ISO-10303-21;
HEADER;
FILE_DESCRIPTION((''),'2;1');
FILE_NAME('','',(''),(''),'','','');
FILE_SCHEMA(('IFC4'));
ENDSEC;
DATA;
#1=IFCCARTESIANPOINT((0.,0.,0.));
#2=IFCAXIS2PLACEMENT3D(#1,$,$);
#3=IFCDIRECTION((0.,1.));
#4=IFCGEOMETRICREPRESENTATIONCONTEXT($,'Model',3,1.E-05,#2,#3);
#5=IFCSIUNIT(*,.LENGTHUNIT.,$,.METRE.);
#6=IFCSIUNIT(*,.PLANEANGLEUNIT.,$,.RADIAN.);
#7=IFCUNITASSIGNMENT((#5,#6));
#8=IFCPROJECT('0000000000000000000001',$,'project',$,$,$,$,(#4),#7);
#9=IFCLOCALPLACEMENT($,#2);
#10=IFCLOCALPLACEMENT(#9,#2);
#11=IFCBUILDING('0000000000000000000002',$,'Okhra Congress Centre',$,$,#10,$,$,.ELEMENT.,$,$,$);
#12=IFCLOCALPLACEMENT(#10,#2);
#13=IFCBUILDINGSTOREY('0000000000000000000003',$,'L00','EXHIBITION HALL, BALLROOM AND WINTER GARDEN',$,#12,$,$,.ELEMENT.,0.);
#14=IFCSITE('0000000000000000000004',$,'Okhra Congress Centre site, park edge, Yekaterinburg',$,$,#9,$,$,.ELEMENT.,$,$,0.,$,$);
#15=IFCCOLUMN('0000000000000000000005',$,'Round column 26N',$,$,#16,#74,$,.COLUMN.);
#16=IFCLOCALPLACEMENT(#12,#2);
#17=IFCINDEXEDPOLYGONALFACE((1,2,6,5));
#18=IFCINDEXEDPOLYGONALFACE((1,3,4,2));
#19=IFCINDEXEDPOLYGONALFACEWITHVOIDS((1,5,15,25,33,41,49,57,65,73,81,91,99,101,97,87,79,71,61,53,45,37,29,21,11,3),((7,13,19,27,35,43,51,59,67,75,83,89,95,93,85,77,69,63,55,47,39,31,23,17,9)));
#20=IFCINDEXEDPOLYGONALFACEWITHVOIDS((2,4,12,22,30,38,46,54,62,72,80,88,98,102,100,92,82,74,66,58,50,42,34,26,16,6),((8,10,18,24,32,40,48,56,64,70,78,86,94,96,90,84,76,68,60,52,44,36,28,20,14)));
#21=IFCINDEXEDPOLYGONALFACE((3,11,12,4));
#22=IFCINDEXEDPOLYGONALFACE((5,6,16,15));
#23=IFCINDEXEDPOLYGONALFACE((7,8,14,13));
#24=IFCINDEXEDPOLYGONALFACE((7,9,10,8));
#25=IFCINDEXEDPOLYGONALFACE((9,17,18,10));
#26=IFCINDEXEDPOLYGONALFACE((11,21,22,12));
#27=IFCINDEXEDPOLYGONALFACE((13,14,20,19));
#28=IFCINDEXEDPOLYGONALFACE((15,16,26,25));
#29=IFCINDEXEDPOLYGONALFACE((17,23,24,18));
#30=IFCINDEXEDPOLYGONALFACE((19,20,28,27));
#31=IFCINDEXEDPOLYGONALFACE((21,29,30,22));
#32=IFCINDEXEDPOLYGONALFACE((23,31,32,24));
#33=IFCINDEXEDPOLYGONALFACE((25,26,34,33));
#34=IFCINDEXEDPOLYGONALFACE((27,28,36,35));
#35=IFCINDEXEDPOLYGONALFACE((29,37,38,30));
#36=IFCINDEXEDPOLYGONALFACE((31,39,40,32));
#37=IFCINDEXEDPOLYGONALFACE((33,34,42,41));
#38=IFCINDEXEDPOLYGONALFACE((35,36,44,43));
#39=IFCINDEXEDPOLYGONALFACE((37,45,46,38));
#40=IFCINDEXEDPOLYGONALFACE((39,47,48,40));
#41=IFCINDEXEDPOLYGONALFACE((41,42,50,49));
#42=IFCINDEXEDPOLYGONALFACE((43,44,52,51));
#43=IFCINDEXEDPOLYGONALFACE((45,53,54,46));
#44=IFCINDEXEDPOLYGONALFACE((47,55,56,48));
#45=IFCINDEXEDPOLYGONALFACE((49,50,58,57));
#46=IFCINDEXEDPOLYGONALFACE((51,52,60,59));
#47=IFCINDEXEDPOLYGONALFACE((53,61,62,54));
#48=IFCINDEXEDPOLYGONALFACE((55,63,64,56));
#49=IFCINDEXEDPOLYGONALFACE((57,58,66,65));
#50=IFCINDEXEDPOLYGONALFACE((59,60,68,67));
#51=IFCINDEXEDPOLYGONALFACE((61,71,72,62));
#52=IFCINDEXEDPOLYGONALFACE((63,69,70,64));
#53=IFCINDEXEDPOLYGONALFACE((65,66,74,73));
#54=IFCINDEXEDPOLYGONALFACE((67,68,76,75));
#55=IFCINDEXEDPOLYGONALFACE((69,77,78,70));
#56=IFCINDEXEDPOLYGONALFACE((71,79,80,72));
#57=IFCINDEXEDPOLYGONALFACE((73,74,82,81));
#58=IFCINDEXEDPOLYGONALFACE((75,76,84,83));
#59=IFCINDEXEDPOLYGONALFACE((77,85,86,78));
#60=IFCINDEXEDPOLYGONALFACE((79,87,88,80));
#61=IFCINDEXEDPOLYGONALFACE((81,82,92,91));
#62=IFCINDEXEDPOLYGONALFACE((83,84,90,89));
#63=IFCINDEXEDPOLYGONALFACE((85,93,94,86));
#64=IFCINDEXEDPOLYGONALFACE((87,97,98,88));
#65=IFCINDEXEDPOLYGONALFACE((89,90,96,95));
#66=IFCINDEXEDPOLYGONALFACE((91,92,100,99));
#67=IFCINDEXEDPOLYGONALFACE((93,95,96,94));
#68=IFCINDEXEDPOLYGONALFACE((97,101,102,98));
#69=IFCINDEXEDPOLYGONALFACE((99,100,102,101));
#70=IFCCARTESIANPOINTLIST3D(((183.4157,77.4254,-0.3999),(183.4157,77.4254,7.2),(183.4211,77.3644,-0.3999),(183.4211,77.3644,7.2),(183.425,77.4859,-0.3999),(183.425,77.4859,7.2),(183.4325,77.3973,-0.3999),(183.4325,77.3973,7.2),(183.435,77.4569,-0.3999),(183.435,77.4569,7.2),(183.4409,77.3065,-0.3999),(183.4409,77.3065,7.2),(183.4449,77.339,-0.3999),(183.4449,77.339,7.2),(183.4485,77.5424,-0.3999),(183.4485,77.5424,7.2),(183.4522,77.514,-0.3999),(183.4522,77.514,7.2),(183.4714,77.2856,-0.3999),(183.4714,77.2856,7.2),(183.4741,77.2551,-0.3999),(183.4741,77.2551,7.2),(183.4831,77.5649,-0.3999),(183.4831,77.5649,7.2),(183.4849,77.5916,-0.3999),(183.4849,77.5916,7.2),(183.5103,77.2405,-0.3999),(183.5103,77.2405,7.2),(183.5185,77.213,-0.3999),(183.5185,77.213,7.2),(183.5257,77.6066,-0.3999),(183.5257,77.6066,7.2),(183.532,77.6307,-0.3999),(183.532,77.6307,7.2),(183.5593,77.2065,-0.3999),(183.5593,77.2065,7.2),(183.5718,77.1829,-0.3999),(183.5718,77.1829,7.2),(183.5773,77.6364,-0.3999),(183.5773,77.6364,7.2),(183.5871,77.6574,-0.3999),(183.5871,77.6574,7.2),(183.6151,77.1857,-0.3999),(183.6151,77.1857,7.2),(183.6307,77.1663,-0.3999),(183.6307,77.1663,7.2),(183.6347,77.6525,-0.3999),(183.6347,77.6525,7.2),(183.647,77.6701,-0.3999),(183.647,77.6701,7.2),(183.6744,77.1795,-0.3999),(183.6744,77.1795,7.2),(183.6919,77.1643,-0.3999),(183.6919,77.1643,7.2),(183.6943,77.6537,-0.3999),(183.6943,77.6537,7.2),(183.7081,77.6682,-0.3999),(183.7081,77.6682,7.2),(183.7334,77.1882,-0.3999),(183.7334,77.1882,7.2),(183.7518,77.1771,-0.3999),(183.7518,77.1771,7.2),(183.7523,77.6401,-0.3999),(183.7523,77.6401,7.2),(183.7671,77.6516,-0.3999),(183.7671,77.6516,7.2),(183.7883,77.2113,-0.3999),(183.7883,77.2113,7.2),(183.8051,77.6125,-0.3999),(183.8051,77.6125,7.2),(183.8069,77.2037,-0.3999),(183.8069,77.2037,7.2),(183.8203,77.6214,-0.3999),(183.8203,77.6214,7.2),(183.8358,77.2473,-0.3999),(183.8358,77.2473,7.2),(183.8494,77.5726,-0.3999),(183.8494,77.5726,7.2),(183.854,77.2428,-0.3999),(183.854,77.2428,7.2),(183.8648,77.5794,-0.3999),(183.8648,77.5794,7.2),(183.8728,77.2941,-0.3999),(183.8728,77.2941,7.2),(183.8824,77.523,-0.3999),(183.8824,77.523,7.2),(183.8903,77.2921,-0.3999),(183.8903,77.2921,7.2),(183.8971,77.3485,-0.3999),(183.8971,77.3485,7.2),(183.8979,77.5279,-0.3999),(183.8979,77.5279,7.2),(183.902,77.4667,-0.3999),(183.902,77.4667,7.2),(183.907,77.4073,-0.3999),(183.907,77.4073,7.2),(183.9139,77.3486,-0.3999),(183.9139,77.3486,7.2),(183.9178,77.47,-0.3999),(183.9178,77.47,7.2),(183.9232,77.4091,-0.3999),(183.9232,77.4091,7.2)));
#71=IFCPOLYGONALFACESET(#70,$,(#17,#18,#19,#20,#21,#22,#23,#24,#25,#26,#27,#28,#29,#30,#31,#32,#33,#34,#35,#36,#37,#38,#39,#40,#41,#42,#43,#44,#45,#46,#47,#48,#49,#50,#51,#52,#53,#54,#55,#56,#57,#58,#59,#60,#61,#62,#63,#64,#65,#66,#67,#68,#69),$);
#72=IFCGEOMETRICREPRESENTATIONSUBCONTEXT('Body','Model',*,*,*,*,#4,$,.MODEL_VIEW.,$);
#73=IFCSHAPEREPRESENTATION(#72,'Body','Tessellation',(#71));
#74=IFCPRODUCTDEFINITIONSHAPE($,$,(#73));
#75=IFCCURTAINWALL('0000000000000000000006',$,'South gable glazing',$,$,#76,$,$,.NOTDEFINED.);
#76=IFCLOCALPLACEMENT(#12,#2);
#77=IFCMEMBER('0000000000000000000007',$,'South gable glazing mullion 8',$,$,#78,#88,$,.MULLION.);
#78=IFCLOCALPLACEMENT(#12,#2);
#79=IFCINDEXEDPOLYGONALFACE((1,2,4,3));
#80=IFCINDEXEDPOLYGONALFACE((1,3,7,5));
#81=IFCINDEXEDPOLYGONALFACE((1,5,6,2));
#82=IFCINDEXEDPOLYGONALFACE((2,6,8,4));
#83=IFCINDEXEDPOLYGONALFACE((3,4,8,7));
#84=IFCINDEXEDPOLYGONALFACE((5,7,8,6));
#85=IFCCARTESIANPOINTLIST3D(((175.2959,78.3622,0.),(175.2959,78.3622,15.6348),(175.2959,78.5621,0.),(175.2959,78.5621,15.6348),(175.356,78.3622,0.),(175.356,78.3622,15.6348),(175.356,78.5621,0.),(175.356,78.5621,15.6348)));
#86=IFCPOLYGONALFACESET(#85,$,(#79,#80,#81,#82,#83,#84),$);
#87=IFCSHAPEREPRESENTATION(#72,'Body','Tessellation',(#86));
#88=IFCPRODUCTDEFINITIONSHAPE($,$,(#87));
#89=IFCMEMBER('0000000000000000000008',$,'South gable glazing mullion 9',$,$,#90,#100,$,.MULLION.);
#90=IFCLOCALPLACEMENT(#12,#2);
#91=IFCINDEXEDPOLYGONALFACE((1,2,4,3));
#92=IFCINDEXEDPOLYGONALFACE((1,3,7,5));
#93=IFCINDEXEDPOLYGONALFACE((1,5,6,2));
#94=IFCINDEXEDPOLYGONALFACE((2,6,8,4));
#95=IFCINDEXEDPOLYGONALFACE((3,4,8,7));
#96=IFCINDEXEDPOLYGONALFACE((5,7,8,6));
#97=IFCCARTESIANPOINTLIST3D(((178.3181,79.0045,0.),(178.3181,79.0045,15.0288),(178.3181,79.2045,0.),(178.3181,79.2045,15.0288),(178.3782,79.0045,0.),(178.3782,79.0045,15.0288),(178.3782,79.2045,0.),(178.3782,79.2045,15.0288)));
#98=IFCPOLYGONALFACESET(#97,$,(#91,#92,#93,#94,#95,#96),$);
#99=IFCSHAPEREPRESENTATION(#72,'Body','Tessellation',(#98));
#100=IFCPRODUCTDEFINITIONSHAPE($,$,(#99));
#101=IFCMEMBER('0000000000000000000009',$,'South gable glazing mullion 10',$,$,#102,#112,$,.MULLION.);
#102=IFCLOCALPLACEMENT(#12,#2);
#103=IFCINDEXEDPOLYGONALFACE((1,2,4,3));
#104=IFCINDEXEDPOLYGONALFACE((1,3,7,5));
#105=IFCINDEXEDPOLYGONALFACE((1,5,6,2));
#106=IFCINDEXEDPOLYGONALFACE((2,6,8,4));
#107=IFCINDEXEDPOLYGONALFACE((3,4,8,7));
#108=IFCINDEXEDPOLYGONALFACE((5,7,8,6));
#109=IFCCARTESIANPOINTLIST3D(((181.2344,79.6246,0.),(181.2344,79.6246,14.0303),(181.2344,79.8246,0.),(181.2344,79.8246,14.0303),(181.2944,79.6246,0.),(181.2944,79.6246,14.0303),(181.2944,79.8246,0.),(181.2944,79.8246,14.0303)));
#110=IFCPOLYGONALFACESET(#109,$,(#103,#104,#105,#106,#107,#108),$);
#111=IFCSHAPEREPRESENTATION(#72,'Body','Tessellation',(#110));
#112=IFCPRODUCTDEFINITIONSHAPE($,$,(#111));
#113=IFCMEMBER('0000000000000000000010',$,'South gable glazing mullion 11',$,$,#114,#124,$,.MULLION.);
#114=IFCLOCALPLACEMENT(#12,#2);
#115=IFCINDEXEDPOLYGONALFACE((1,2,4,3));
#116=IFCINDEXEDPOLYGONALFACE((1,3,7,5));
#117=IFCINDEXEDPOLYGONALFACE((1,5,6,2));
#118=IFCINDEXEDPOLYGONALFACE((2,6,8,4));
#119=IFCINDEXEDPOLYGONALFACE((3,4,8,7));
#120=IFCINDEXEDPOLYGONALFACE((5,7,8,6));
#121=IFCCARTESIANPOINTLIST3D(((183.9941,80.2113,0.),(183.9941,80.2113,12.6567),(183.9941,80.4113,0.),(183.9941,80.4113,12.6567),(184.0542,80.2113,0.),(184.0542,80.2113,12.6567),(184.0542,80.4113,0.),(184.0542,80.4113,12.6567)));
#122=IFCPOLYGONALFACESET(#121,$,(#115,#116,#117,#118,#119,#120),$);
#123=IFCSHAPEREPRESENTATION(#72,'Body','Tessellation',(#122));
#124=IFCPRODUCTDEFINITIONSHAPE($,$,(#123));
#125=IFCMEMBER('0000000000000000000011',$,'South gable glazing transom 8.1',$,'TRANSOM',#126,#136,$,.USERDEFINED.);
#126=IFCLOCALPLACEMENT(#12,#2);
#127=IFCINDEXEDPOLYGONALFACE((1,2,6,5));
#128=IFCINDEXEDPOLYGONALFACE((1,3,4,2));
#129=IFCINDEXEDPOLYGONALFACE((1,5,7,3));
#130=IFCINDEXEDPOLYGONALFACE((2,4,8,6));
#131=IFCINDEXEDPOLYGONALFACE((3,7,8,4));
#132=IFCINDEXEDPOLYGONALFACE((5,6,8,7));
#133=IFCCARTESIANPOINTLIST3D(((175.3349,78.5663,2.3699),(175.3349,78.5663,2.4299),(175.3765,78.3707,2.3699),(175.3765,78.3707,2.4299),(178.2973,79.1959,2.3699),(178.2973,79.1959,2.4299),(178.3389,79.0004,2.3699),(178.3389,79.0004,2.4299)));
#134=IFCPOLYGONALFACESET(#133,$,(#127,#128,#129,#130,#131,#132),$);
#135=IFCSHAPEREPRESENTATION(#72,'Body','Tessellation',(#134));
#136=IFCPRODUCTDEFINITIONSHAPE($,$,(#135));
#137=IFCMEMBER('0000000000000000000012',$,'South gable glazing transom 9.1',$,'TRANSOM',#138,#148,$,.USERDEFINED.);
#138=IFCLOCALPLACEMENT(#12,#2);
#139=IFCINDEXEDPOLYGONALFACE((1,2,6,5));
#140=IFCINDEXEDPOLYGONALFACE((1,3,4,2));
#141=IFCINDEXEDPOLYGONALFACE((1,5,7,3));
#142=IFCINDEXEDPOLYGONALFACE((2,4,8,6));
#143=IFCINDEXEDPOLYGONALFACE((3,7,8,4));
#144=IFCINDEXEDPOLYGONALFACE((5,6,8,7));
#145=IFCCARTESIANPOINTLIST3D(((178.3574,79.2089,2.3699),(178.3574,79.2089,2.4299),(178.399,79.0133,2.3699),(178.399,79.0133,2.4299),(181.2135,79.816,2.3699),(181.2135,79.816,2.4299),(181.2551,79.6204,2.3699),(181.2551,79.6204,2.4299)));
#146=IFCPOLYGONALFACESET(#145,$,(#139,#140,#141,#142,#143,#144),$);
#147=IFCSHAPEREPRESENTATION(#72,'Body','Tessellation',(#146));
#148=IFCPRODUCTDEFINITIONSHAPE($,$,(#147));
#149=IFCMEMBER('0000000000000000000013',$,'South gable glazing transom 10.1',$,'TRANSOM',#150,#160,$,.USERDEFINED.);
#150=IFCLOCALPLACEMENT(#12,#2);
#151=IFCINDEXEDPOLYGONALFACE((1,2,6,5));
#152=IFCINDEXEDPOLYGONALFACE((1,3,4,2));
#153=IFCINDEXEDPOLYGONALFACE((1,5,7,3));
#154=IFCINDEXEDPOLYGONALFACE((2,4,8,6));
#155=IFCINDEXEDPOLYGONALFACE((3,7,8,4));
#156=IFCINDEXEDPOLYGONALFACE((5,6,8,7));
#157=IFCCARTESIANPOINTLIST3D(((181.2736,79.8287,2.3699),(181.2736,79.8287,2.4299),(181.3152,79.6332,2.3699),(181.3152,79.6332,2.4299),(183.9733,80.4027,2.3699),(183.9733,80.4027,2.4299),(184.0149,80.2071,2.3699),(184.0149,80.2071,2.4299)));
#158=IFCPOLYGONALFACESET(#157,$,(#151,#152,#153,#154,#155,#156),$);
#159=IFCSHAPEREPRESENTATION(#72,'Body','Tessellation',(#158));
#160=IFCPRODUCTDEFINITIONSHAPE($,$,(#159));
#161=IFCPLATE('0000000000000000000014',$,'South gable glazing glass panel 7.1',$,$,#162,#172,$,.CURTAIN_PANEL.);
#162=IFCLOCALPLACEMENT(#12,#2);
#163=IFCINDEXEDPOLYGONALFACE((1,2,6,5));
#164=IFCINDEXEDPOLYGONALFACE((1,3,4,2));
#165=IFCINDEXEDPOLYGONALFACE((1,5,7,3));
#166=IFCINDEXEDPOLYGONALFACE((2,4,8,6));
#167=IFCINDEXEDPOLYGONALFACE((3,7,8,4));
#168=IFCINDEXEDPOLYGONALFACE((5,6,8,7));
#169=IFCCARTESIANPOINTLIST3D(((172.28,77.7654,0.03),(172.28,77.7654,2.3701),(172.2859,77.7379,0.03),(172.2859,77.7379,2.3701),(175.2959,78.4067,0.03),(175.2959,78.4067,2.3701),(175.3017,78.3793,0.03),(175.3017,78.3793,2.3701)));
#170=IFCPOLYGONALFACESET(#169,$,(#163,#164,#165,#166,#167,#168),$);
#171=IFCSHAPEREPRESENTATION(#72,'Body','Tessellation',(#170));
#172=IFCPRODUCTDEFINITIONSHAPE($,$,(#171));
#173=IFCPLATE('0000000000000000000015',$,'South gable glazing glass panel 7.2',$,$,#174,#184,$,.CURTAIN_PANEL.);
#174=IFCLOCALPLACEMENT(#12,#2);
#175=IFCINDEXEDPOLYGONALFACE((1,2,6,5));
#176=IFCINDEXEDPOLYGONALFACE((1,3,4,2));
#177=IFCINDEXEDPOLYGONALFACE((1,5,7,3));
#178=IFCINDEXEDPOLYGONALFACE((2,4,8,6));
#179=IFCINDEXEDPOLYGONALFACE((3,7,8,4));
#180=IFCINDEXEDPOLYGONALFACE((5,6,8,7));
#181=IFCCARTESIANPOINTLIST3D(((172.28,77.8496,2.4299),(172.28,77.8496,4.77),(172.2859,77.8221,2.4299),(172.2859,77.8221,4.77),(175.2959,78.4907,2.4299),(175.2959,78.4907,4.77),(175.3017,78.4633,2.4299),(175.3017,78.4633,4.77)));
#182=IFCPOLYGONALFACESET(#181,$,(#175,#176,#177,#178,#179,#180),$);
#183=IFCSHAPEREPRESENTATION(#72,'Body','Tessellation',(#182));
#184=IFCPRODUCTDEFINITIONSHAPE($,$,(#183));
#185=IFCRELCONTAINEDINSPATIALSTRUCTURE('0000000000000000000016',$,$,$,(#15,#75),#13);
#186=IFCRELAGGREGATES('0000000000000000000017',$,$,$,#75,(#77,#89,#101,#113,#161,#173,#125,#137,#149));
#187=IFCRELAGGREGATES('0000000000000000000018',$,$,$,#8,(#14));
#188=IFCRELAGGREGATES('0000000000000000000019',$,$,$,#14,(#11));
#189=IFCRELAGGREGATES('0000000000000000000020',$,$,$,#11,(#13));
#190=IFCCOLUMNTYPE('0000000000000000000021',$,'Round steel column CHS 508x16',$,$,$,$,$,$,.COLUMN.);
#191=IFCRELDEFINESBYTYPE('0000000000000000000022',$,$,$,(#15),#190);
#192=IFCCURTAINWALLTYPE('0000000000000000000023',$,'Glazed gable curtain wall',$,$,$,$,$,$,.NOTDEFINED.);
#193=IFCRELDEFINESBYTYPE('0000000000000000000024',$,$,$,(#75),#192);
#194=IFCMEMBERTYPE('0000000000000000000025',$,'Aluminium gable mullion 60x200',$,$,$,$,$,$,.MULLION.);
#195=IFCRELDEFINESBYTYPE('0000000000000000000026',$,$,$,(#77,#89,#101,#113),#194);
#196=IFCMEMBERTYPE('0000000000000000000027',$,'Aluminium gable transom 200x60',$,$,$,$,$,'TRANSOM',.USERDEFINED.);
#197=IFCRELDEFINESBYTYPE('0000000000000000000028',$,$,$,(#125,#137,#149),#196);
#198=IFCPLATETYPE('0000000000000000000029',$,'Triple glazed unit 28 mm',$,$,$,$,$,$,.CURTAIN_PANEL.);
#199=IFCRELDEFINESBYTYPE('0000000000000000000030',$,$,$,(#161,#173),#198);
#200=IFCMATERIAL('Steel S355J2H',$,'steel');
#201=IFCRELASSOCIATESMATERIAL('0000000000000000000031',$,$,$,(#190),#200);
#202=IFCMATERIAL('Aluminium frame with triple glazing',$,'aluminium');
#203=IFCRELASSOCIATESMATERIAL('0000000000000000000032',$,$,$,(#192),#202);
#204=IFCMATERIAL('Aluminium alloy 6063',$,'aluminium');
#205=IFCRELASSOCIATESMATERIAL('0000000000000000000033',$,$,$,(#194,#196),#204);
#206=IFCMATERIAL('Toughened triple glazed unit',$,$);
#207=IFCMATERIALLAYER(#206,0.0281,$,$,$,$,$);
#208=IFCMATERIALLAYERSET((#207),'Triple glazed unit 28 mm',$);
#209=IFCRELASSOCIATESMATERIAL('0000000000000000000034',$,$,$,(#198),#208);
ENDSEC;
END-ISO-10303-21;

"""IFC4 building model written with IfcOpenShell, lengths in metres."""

from ifc_helpers import new_model, si_unit, direction, frame, origin, origin_2d, place, context, subcontext, project, spatial, polyline, rectangle, hollow_circle, outline, extrude, material, layer, layer_set, material_profile, profile_set, type_object, element, aggregate, save


model = new_model("IFC4")

# Units and contexts
model_context = context("Model", 3, precision=1e-05, world=origin(), true_north=direction((0.0, 1.0)))
body_context = subcontext(model_context, "Body", "Model", "MODEL_VIEW")
ifc_project = project(units=[si_unit("LENGTHUNIT", "METRE"), si_unit("PLANEANGLEUNIT", "RADIAN")], contexts=[model_context])

# Site, building, storey
site_placement = place(None, origin())
site = spatial("IfcSite", under=ifc_project, at=site_placement, Name="Okhra Congress Centre site, park edge, Yekaterinburg", CompositionType="ELEMENT", RefElevation=0.0)
building_placement = place(site_placement, origin())
building = spatial("IfcBuilding", under=site, at=building_placement, Name="Okhra Congress Centre", CompositionType="ELEMENT")
storey_placement = place(building_placement, origin())
storey = spatial("IfcBuildingStorey", under=building, at=storey_placement, Name="L00", Description="EXHIBITION HALL, BALLROOM AND WINTER GARDEN", CompositionType="ELEMENT", Elevation=0.0)

# Column
ifc_material_1 = material(Name="Steel S355J2H", Category="steel")
ifc_material_profile_1 = material_profile(ifc_material_1, hollow_circle(Radius=0.2539, WallThickness=0.0161, at=origin_2d()), Name="CHS 508x16")
ifc_profile_set_1 = profile_set([ifc_material_profile_1], Name="Steel S355J2H")
column_type = type_object("IfcColumnType", Name="Round steel column CHS 508x16", PredefinedType="COLUMN", material=ifc_profile_set_1)
for number, where, z_axis, x_axis, name in (
    (1, (183.6694, 77.4172, -0.3999), (0.0, 0.0, 1.0), (0.978148, 0.207912, 0.0), "Round column 26N"),
):
    element("IfcColumn", number, at=place(storey_placement, frame(where, z_axis=z_axis, x_axis=x_axis)), inside=storey, type_object=column_type, Name=name, PredefinedType="COLUMN", context=body_context, shape_type="SweptSolid", body=[
        extrude(hollow_circle(Radius=0.2539, WallThickness=0.0161, at=origin_2d()), origin(), (0.0, 0.0, 1.0), 7.5999),
    ])

# Curtain wall, members, plates
ifc_material_2 = material(Name="Aluminium frame with triple glazing", Category="aluminium")
curtain_wall_type = type_object("IfcCurtainWallType", Name="Glazed gable curtain wall", PredefinedType="NOTDEFINED", material=ifc_material_2)
curtain_wall_placement = place(storey_placement, origin())
curtain_wall = element("IfcCurtainWall", 2, at=curtain_wall_placement, inside=storey, type_object=curtain_wall_type, Name="South gable glazing", PredefinedType="NOTDEFINED")
ifc_material_3 = material(Name="Aluminium alloy 6063", Category="aluminium")
ifc_material_profile_2 = material_profile(ifc_material_3, rectangle(XDim=0.0601, YDim=0.2, at=origin_2d()), Name="AL 60x200 gable")
ifc_profile_set_2 = profile_set([ifc_material_profile_2], Name="Aluminium alloy 6063")
member_type_1 = type_object("IfcMemberType", Name="Aluminium gable mullion 60x200", PredefinedType="MULLION", material=ifc_profile_set_2)
member_1_placement = place(storey_placement, frame((175.3259, 78.4622, 0.0), z_axis=(0.0, 0.0, 1.0), x_axis=(1.0, 0.0, 0.0)))
member_1 = element("IfcMember", 3, at=member_1_placement, type_object=member_type_1, Name="South gable glazing mullion 8", PredefinedType="MULLION", context=body_context, shape_type="SweptSolid", body=[
    extrude(rectangle(XDim=0.0601, YDim=0.2, at=origin_2d()), origin(), (0.0, 0.0, 1.0), 15.6348),
])
member_2_placement = place(storey_placement, frame((178.3481, 79.1045, 0.0), z_axis=(0.0, 0.0, 1.0), x_axis=(1.0, 0.0, 0.0)))
member_2 = element("IfcMember", 4, at=member_2_placement, type_object=member_type_1, Name="South gable glazing mullion 9", PredefinedType="MULLION", context=body_context, shape_type="SweptSolid", body=[
    extrude(rectangle(XDim=0.0601, YDim=0.2, at=origin_2d()), origin(), (0.0, 0.0, 1.0), 15.0288),
])
member_3_placement = place(storey_placement, frame((181.2644, 79.7246, 0.0), z_axis=(0.0, 0.0, 1.0), x_axis=(1.0, 0.0, 0.0)))
member_3 = element("IfcMember", 5, at=member_3_placement, type_object=member_type_1, Name="South gable glazing mullion 10", PredefinedType="MULLION", context=body_context, shape_type="SweptSolid", body=[
    extrude(rectangle(XDim=0.0601, YDim=0.2, at=origin_2d()), origin(), (0.0, 0.0, 1.0), 14.0303),
])
member_4_placement = place(storey_placement, frame((184.0242, 80.3113, 0.0), z_axis=(0.0, 0.0, 1.0), x_axis=(1.0, 0.0, 0.0)))
member_4 = element("IfcMember", 6, at=member_4_placement, type_object=member_type_1, Name="South gable glazing mullion 11", PredefinedType="MULLION", context=body_context, shape_type="SweptSolid", body=[
    extrude(rectangle(XDim=0.0601, YDim=0.2, at=origin_2d()), origin(), (0.0, 0.0, 1.0), 12.6567),
])
ifc_material_profile_3 = material_profile(ifc_material_3, rectangle(XDim=0.2, YDim=0.0601, at=origin_2d()), Name="AL 200x60 gable transom")
ifc_profile_set_3 = profile_set([ifc_material_profile_3], Name="Aluminium alloy 6063")
member_type_2 = type_object("IfcMemberType", Name="Aluminium gable transom 200x60", ElementType="TRANSOM", PredefinedType="USERDEFINED", material=ifc_profile_set_3)
member_5_placement = place(storey_placement, frame((175.3557, 78.4685, 2.3999), z_axis=(0.97815, 0.207899, 0.0), x_axis=(-0.207899, 0.97815, 0.0)))
member_5 = element("IfcMember", 7, at=member_5_placement, type_object=member_type_2, Name="South gable glazing transom 8.1", ObjectType="TRANSOM", PredefinedType="USERDEFINED", context=body_context, shape_type="SweptSolid", body=[
    extrude(rectangle(XDim=0.2, YDim=0.0601, at=origin_2d()), origin(), (0.0, 0.0, 1.0), 3.0286),
])
member_6_placement = place(storey_placement, frame((178.3782, 79.1111, 2.3999), z_axis=(0.978142, 0.207936, 0.0), x_axis=(-0.207936, 0.978142, 0.0)))
member_6 = element("IfcMember", 8, at=member_6_placement, type_object=member_type_2, Name="South gable glazing transom 9.1", ObjectType="TRANSOM", PredefinedType="USERDEFINED", context=body_context, shape_type="SweptSolid", body=[
    extrude(rectangle(XDim=0.2, YDim=0.0601, at=origin_2d()), origin(), (0.0, 0.0, 1.0), 2.9199),
])
member_7_placement = place(storey_placement, frame((181.2944, 79.731, 2.3999), z_axis=(0.978138, 0.207958, 0.0), x_axis=(-0.207958, 0.978138, 0.0)))
member_7 = element("IfcMember", 9, at=member_7_placement, type_object=member_type_2, Name="South gable glazing transom 10.1", ObjectType="TRANSOM", PredefinedType="USERDEFINED", context=body_context, shape_type="SweptSolid", body=[
    extrude(rectangle(XDim=0.2, YDim=0.0601, at=origin_2d()), origin(), (0.0, 0.0, 1.0), 2.76),
])
ifc_material_4 = material(Name="Toughened triple glazed unit")
ifc_layer = layer(ifc_material_4, 0.0281)
ifc_layer_set = layer_set([ifc_layer], Name="Triple glazed unit 28 mm")
plate_type = type_object("IfcPlateType", Name="Triple glazed unit 28 mm", PredefinedType="CURTAIN_PANEL", material=ifc_layer_set)
plate_1_placement = place(storey_placement, frame((175.2959, 78.4067, 0.03), z_axis=(-0.208009, 0.978127, 0.0), x_axis=(-0.978127, -0.208009, 0.0)))
plate_1 = element("IfcPlate", 10, at=plate_1_placement, type_object=plate_type, Name="South gable glazing glass panel 7.1", PredefinedType="CURTAIN_PANEL", context=body_context, shape_type="SweptSolid", body=[
    extrude(outline(polyline([(0.0, 0.0), (3.0833, 0.0), (3.0833, 2.3401), (0.0, 2.3401), (0.0, 0.0)])), origin(), (0.0, 0.0, -1.0), 0.0281),
])
plate_2_placement = place(storey_placement, frame((175.2959, 78.4907, 2.4299), z_axis=(-0.207934, 0.978143, 0.0), x_axis=(-0.978143, -0.207934, 0.0)))
plate_2 = element("IfcPlate", 11, at=plate_2_placement, type_object=plate_type, Name="South gable glazing glass panel 7.2", PredefinedType="CURTAIN_PANEL", context=body_context, shape_type="SweptSolid", body=[
    extrude(outline(polyline([(0.0, 0.0), (3.0833, 0.0), (3.0833, 2.3401), (0.0, 2.3401), (0.0, 0.0)])), origin(), (0.0, 0.0, -1.0), 0.0281),
])
aggregate(curtain_wall, [member_1, member_2, member_3, member_4, plate_1, plate_2, member_5, member_6, member_7])

save(model, "model.ifc")
